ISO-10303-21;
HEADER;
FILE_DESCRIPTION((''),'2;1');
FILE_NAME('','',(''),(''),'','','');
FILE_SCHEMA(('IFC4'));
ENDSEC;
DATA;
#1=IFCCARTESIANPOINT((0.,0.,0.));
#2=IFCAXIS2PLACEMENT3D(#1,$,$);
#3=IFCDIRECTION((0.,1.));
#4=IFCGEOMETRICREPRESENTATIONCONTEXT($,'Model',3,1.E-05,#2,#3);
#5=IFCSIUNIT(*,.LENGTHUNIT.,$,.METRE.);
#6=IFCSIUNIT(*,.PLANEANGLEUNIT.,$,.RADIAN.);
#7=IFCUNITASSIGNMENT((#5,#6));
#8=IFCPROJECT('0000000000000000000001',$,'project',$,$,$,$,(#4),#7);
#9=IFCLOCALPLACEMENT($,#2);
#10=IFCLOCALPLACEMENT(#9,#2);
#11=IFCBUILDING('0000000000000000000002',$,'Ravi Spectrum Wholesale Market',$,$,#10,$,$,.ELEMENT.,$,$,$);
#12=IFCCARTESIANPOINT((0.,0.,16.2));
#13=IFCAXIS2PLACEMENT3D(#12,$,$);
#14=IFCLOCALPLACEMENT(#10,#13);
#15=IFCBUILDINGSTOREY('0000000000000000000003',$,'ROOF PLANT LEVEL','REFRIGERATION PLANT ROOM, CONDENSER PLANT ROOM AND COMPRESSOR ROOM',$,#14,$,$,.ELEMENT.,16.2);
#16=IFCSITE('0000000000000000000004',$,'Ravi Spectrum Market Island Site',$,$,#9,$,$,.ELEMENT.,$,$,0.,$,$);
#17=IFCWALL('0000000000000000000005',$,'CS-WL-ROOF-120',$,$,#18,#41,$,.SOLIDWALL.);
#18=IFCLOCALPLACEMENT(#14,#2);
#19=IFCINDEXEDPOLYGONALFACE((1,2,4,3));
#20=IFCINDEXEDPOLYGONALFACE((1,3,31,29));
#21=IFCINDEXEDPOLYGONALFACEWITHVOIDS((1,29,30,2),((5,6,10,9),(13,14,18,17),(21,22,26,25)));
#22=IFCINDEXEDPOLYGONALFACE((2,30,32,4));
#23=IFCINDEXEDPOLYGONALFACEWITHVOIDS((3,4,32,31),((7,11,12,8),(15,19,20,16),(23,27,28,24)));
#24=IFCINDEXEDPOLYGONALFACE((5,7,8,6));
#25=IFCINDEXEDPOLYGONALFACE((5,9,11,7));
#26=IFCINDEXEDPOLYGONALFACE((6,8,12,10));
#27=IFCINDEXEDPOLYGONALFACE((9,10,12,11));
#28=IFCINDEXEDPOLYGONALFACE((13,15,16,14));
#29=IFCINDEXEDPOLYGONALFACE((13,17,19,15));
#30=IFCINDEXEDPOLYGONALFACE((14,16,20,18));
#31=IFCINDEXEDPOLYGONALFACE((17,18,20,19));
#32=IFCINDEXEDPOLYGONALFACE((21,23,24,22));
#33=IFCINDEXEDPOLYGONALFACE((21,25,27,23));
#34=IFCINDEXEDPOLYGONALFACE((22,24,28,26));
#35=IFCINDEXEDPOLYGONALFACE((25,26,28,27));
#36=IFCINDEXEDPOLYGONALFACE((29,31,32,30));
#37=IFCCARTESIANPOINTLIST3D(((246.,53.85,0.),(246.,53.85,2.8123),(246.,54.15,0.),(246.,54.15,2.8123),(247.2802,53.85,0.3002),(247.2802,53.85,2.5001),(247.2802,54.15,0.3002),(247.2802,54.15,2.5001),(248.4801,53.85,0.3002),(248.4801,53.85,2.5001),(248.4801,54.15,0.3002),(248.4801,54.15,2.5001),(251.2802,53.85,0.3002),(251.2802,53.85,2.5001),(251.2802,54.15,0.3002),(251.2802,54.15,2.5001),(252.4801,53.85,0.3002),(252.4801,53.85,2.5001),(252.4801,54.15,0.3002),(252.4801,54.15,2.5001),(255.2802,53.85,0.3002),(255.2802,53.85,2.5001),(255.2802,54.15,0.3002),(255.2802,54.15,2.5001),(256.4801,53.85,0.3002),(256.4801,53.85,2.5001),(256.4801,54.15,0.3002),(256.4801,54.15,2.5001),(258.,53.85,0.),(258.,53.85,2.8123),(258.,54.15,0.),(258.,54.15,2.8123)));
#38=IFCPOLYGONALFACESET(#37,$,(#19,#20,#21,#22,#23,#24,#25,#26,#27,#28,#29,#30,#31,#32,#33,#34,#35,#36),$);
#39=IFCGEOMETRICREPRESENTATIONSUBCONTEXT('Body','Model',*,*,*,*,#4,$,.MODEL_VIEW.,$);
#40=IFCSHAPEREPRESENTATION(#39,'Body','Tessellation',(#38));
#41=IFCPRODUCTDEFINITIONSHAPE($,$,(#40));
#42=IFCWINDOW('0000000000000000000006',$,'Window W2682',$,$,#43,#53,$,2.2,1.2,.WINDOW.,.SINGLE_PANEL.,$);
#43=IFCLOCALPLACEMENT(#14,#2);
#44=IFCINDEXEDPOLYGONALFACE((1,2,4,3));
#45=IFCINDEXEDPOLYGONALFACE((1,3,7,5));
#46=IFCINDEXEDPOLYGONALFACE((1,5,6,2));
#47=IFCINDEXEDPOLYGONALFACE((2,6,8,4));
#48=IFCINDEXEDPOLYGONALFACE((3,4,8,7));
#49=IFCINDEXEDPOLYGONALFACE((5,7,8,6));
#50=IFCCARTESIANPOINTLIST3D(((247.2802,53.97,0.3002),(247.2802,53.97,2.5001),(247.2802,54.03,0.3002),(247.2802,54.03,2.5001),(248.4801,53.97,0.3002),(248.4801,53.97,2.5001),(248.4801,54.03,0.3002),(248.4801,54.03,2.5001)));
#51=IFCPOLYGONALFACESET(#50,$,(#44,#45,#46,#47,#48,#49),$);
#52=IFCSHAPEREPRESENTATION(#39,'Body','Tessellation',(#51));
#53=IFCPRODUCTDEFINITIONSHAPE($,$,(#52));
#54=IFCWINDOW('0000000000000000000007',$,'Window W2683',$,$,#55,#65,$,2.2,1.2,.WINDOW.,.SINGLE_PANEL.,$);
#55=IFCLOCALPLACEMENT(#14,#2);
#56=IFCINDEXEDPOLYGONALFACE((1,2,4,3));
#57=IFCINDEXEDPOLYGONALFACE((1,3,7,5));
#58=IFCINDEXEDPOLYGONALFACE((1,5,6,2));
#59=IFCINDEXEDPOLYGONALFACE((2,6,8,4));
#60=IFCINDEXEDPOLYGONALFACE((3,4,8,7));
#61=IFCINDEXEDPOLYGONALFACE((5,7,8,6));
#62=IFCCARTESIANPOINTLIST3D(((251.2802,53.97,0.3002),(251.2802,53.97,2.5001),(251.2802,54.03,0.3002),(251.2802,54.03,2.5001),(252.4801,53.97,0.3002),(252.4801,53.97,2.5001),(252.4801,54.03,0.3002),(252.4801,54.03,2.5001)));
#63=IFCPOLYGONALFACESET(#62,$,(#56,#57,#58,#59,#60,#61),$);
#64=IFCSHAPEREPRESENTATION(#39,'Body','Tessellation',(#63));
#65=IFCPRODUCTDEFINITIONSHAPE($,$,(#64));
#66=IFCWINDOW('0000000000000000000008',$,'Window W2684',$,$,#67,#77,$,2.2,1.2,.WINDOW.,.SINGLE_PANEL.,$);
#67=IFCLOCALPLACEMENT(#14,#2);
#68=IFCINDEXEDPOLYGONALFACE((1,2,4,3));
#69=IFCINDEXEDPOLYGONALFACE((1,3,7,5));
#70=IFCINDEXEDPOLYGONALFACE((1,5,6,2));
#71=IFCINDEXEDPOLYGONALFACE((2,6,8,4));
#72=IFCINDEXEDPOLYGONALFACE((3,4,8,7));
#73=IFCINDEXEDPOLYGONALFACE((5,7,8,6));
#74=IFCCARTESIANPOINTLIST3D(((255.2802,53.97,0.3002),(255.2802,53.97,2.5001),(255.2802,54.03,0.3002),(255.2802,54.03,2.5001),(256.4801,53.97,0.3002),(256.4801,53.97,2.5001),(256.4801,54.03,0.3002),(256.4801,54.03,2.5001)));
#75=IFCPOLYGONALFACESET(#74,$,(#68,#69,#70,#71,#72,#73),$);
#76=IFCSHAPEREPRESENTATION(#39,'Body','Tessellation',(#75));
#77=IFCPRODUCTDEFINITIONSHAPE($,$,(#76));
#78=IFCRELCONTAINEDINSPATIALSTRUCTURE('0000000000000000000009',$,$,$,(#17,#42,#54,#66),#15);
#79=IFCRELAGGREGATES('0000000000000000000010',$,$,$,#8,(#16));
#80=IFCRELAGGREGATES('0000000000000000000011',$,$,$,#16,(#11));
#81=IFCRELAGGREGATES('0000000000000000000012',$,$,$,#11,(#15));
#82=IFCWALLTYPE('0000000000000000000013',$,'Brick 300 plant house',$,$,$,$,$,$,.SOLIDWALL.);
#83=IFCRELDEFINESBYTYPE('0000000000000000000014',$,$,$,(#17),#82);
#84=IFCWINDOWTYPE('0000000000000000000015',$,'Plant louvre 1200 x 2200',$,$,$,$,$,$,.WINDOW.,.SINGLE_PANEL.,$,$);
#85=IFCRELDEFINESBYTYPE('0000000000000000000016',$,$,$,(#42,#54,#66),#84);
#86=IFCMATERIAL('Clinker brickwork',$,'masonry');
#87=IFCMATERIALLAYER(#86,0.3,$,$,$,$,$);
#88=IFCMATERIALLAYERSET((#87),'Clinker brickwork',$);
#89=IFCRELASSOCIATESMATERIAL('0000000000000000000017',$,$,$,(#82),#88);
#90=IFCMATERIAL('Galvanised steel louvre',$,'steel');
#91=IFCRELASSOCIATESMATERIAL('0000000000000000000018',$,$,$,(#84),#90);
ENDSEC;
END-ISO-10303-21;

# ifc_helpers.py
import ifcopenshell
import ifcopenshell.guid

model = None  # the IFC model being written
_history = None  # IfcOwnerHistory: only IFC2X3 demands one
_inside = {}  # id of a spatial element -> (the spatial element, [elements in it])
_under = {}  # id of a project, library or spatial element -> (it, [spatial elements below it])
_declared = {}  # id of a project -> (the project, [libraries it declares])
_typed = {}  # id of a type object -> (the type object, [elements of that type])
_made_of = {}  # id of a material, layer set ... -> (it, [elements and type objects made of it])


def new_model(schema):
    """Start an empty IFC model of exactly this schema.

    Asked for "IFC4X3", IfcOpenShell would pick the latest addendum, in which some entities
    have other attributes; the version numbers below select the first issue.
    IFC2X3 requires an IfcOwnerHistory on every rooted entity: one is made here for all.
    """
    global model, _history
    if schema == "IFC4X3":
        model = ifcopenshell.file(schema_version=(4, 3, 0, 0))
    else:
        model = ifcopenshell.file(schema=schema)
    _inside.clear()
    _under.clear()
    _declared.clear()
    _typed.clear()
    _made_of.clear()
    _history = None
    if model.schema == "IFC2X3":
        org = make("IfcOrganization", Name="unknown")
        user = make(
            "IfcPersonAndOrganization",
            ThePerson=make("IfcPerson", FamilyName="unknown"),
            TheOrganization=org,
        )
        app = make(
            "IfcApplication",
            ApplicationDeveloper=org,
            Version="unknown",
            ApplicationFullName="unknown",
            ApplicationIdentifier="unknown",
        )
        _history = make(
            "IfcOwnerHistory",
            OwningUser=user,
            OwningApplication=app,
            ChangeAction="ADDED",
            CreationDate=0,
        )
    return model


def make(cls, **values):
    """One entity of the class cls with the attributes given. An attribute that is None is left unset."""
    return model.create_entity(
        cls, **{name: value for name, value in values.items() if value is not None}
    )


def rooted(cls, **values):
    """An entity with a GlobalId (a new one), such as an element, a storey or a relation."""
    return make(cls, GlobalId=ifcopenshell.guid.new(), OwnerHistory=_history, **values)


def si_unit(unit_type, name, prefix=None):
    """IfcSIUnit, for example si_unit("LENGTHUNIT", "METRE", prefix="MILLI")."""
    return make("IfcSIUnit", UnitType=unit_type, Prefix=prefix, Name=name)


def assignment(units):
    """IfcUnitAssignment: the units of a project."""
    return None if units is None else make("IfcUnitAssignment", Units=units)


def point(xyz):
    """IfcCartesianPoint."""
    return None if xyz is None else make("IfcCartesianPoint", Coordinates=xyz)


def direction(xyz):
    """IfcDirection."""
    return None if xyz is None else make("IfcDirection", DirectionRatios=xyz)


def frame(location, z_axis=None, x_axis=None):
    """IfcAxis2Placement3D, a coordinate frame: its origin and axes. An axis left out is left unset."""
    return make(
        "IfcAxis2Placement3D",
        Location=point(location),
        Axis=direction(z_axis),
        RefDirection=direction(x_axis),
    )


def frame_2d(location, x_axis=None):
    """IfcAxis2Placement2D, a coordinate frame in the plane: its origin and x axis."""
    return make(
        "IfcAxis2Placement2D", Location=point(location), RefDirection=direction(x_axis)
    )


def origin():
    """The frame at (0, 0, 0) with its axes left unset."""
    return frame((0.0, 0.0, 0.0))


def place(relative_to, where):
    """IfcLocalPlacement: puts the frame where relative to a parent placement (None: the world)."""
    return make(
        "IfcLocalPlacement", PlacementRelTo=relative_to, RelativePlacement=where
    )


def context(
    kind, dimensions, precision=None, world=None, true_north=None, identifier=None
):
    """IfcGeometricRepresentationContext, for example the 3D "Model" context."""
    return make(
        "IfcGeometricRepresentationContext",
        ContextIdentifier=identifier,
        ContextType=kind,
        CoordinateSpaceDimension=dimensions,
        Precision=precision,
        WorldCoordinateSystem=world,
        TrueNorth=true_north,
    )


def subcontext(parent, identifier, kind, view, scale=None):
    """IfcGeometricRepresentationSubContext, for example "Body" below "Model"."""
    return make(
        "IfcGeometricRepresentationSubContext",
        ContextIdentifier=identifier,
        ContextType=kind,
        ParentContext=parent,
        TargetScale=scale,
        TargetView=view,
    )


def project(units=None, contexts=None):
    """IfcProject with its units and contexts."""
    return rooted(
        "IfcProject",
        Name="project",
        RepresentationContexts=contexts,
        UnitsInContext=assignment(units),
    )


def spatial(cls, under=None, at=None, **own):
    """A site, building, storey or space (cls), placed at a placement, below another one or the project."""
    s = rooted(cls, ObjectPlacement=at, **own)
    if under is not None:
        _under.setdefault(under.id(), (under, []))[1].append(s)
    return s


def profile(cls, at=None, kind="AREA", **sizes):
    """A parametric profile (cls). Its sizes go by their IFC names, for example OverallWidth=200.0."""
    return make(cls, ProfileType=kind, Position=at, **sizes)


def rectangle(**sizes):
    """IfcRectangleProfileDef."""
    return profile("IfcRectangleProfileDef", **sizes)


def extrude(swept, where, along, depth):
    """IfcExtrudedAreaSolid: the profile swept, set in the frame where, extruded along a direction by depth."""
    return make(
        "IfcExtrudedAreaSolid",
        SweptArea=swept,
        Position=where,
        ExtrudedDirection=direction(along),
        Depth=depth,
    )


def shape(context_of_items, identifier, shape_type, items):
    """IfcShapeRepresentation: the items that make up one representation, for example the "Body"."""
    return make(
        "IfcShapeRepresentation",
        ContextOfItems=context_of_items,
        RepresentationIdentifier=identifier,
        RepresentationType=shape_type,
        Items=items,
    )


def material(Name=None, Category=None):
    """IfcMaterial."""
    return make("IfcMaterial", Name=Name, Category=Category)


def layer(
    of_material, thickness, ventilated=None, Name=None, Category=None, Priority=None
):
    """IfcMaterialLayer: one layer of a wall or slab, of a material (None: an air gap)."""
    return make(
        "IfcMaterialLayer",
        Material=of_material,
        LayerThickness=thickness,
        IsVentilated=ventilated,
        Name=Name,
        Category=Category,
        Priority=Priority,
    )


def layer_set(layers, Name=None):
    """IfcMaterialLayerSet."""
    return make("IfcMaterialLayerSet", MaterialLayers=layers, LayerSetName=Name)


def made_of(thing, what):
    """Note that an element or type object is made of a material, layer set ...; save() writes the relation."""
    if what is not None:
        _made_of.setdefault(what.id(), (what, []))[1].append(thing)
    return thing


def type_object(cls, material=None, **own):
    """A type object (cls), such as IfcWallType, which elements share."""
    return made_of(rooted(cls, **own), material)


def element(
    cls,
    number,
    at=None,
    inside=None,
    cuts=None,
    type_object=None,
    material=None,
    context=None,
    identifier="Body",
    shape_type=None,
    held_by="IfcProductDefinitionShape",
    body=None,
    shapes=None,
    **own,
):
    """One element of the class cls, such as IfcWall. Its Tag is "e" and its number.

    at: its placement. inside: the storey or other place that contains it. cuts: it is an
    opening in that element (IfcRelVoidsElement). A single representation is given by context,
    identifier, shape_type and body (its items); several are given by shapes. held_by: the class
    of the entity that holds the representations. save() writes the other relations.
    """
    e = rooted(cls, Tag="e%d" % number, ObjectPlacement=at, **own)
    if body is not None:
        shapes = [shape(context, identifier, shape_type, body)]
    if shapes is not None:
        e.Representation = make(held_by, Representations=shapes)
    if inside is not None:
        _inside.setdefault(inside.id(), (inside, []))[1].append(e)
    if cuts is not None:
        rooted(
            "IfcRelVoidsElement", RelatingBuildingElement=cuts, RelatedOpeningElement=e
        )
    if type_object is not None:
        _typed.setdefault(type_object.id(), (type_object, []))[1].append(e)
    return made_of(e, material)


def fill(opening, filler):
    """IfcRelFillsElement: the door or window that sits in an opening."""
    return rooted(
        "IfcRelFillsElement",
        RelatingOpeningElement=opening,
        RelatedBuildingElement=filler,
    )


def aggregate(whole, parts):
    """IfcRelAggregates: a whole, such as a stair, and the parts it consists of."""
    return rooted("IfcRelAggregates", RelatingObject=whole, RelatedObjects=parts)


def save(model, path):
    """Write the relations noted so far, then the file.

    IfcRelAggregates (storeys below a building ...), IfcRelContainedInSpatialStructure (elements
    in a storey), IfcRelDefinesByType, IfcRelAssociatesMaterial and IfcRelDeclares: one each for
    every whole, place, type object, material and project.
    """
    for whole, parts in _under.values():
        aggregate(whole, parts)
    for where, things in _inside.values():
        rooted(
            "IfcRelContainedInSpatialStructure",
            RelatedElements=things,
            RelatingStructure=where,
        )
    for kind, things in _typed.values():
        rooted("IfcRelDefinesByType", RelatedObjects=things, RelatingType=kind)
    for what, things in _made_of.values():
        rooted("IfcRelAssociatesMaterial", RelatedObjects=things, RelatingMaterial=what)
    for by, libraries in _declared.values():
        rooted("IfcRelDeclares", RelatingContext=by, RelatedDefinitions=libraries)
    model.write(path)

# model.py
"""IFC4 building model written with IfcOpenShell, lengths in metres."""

from ifc_helpers import new_model, si_unit, direction, frame, frame_2d, origin, place, context, subcontext, project, spatial, rectangle, extrude, material, layer, layer_set, type_object, element, fill, save


model = new_model("IFC4")

# Units and contexts
model_context = context("Model", 3, precision=1e-05, world=origin(), true_north=direction((0.0, 1.0)))
body_context = subcontext(model_context, "Body", "Model", "MODEL_VIEW")
ifc_project = project(units=[si_unit("LENGTHUNIT", "METRE"), si_unit("PLANEANGLEUNIT", "RADIAN")], contexts=[model_context])

# Site, building, storey
site_placement = place(None, origin())
site = spatial("IfcSite", under=ifc_project, at=site_placement, Name="Ravi Spectrum Market Island Site", CompositionType="ELEMENT", RefElevation=0.0)
building_placement = place(site_placement, origin())
building = spatial("IfcBuilding", under=site, at=building_placement, Name="Ravi Spectrum Wholesale Market", CompositionType="ELEMENT")
storey_placement = place(building_placement, frame((0.0, 0.0, 16.2)))
storey = spatial("IfcBuildingStorey", under=building, at=storey_placement, Name="ROOF PLANT LEVEL", Description="REFRIGERATION PLANT ROOM, CONDENSER PLANT ROOM AND COMPRESSOR ROOM", CompositionType="ELEMENT", Elevation=16.2)

# Wall, openings, windows
ifc_material_1 = material(Name="Clinker brickwork", Category="masonry")
ifc_layer_1 = layer(ifc_material_1, 0.3)
ifc_layer_set_1 = layer_set([ifc_layer_1], Name="Clinker brickwork")
wall_type = type_object("IfcWallType", Name="Brick 300 plant house", PredefinedType="SOLIDWALL", material=ifc_layer_set_1)
wall_placement = place(storey_placement, frame((246.0, 54.0, 0.0), z_axis=(0.0, 0.0, 1.0), x_axis=(1.0, 0.0, 0.0)))
wall = element("IfcWall", 1, at=wall_placement, inside=storey, type_object=wall_type, Name="CS-WL-ROOF-120", PredefinedType="SOLIDWALL", context=body_context, shape_type="SweptSolid", body=[
    extrude(rectangle(XDim=12.0, YDim=0.3, at=frame_2d((6.0, 0.0))), origin(), (0.0, 0.0, 1.0), 2.8123),
])
opening_1_placement = place(wall_placement, frame((1.28, 0.0, 0.3)))
opening_1 = element("IfcOpeningElement", 2, at=opening_1_placement, cuts=wall, PredefinedType="OPENING", context=body_context, shape_type="SweptSolid", body=[
    extrude(rectangle(XDim=1.2, YDim=2.2, at=frame_2d((0.6001, 1.1001))), frame((0.0, 0.1599, 0.0), z_axis=(0.0, -1.0, 0.0), x_axis=(1.0, 0.0, 0.0)), (0.0, 0.0, 1.0), 0.3201),
])
opening_2_placement = place(wall_placement, frame((5.28, 0.0, 0.3)))
opening_2 = element("IfcOpeningElement", 3, at=opening_2_placement, cuts=wall, PredefinedType="OPENING", context=body_context, shape_type="SweptSolid", body=[
    extrude(rectangle(XDim=1.2, YDim=2.2, at=frame_2d((0.6001, 1.1001))), frame((0.0, 0.1599, 0.0), z_axis=(0.0, -1.0, 0.0), x_axis=(1.0, 0.0, 0.0)), (0.0, 0.0, 1.0), 0.3201),
])
opening_3_placement = place(wall_placement, frame((9.28, 0.0, 0.3)))
opening_3 = element("IfcOpeningElement", 4, at=opening_3_placement, cuts=wall, PredefinedType="OPENING", context=body_context, shape_type="SweptSolid", body=[
    extrude(rectangle(XDim=1.2, YDim=2.2, at=frame_2d((0.6001, 1.1001))), frame((0.0, 0.1599, 0.0), z_axis=(0.0, -1.0, 0.0), x_axis=(1.0, 0.0, 0.0)), (0.0, 0.0, 1.0), 0.3201),
])
ifc_material_2 = material(Name="Galvanised steel louvre", Category="steel")
window_type = type_object("IfcWindowType", Name="Plant louvre 1200 x 2200", PartitioningType="SINGLE_PANEL", PredefinedType="WINDOW", material=ifc_material_2)
window_1_placement = place(opening_1_placement, origin())
window_1 = element("IfcWindow", 5, at=window_1_placement, inside=storey, type_object=window_type, Name="Window W2682", OverallHeight=2.2, OverallWidth=1.2, PartitioningType="SINGLE_PANEL", PredefinedType="WINDOW", context=body_context, shape_type="SweptSolid", body=[
    extrude(rectangle(XDim=1.2, YDim=2.2, at=frame_2d((0.6001, 1.1001))), frame((0.0, 0.03, 0.0), z_axis=(0.0, -1.0, 0.0), x_axis=(1.0, 0.0, 0.0)), (0.0, 0.0, 1.0), 0.0601),
])
fill(opening_1, window_1)
window_2_placement = place(opening_2_placement, origin())
window_2 = element("IfcWindow", 6, at=window_2_placement, inside=storey, type_object=window_type, Name="Window W2683", OverallHeight=2.2, OverallWidth=1.2, PartitioningType="SINGLE_PANEL", PredefinedType="WINDOW", context=body_context, shape_type="SweptSolid", body=[
    extrude(rectangle(XDim=1.2, YDim=2.2, at=frame_2d((0.6001, 1.1001))), frame((0.0, 0.03, 0.0), z_axis=(0.0, -1.0, 0.0), x_axis=(1.0, 0.0, 0.0)), (0.0, 0.0, 1.0), 0.0601),
])
fill(opening_2, window_2)
window_3_placement = place(opening_3_placement, origin())
window_3 = element("IfcWindow", 7, at=window_3_placement, inside=storey, type_object=window_type, Name="Window W2684", OverallHeight=2.2, OverallWidth=1.2, PartitioningType="SINGLE_PANEL", PredefinedType="WINDOW", context=body_context, shape_type="SweptSolid", body=[
    extrude(rectangle(XDim=1.2, YDim=2.2, at=frame_2d((0.6001, 1.1001))), frame((0.0, 0.03, 0.0), z_axis=(0.0, -1.0, 0.0), x_axis=(1.0, 0.0, 0.0)), (0.0, 0.0, 1.0), 0.0601),
])
fill(opening_3, window_3)

save(model, "model.ifc")
